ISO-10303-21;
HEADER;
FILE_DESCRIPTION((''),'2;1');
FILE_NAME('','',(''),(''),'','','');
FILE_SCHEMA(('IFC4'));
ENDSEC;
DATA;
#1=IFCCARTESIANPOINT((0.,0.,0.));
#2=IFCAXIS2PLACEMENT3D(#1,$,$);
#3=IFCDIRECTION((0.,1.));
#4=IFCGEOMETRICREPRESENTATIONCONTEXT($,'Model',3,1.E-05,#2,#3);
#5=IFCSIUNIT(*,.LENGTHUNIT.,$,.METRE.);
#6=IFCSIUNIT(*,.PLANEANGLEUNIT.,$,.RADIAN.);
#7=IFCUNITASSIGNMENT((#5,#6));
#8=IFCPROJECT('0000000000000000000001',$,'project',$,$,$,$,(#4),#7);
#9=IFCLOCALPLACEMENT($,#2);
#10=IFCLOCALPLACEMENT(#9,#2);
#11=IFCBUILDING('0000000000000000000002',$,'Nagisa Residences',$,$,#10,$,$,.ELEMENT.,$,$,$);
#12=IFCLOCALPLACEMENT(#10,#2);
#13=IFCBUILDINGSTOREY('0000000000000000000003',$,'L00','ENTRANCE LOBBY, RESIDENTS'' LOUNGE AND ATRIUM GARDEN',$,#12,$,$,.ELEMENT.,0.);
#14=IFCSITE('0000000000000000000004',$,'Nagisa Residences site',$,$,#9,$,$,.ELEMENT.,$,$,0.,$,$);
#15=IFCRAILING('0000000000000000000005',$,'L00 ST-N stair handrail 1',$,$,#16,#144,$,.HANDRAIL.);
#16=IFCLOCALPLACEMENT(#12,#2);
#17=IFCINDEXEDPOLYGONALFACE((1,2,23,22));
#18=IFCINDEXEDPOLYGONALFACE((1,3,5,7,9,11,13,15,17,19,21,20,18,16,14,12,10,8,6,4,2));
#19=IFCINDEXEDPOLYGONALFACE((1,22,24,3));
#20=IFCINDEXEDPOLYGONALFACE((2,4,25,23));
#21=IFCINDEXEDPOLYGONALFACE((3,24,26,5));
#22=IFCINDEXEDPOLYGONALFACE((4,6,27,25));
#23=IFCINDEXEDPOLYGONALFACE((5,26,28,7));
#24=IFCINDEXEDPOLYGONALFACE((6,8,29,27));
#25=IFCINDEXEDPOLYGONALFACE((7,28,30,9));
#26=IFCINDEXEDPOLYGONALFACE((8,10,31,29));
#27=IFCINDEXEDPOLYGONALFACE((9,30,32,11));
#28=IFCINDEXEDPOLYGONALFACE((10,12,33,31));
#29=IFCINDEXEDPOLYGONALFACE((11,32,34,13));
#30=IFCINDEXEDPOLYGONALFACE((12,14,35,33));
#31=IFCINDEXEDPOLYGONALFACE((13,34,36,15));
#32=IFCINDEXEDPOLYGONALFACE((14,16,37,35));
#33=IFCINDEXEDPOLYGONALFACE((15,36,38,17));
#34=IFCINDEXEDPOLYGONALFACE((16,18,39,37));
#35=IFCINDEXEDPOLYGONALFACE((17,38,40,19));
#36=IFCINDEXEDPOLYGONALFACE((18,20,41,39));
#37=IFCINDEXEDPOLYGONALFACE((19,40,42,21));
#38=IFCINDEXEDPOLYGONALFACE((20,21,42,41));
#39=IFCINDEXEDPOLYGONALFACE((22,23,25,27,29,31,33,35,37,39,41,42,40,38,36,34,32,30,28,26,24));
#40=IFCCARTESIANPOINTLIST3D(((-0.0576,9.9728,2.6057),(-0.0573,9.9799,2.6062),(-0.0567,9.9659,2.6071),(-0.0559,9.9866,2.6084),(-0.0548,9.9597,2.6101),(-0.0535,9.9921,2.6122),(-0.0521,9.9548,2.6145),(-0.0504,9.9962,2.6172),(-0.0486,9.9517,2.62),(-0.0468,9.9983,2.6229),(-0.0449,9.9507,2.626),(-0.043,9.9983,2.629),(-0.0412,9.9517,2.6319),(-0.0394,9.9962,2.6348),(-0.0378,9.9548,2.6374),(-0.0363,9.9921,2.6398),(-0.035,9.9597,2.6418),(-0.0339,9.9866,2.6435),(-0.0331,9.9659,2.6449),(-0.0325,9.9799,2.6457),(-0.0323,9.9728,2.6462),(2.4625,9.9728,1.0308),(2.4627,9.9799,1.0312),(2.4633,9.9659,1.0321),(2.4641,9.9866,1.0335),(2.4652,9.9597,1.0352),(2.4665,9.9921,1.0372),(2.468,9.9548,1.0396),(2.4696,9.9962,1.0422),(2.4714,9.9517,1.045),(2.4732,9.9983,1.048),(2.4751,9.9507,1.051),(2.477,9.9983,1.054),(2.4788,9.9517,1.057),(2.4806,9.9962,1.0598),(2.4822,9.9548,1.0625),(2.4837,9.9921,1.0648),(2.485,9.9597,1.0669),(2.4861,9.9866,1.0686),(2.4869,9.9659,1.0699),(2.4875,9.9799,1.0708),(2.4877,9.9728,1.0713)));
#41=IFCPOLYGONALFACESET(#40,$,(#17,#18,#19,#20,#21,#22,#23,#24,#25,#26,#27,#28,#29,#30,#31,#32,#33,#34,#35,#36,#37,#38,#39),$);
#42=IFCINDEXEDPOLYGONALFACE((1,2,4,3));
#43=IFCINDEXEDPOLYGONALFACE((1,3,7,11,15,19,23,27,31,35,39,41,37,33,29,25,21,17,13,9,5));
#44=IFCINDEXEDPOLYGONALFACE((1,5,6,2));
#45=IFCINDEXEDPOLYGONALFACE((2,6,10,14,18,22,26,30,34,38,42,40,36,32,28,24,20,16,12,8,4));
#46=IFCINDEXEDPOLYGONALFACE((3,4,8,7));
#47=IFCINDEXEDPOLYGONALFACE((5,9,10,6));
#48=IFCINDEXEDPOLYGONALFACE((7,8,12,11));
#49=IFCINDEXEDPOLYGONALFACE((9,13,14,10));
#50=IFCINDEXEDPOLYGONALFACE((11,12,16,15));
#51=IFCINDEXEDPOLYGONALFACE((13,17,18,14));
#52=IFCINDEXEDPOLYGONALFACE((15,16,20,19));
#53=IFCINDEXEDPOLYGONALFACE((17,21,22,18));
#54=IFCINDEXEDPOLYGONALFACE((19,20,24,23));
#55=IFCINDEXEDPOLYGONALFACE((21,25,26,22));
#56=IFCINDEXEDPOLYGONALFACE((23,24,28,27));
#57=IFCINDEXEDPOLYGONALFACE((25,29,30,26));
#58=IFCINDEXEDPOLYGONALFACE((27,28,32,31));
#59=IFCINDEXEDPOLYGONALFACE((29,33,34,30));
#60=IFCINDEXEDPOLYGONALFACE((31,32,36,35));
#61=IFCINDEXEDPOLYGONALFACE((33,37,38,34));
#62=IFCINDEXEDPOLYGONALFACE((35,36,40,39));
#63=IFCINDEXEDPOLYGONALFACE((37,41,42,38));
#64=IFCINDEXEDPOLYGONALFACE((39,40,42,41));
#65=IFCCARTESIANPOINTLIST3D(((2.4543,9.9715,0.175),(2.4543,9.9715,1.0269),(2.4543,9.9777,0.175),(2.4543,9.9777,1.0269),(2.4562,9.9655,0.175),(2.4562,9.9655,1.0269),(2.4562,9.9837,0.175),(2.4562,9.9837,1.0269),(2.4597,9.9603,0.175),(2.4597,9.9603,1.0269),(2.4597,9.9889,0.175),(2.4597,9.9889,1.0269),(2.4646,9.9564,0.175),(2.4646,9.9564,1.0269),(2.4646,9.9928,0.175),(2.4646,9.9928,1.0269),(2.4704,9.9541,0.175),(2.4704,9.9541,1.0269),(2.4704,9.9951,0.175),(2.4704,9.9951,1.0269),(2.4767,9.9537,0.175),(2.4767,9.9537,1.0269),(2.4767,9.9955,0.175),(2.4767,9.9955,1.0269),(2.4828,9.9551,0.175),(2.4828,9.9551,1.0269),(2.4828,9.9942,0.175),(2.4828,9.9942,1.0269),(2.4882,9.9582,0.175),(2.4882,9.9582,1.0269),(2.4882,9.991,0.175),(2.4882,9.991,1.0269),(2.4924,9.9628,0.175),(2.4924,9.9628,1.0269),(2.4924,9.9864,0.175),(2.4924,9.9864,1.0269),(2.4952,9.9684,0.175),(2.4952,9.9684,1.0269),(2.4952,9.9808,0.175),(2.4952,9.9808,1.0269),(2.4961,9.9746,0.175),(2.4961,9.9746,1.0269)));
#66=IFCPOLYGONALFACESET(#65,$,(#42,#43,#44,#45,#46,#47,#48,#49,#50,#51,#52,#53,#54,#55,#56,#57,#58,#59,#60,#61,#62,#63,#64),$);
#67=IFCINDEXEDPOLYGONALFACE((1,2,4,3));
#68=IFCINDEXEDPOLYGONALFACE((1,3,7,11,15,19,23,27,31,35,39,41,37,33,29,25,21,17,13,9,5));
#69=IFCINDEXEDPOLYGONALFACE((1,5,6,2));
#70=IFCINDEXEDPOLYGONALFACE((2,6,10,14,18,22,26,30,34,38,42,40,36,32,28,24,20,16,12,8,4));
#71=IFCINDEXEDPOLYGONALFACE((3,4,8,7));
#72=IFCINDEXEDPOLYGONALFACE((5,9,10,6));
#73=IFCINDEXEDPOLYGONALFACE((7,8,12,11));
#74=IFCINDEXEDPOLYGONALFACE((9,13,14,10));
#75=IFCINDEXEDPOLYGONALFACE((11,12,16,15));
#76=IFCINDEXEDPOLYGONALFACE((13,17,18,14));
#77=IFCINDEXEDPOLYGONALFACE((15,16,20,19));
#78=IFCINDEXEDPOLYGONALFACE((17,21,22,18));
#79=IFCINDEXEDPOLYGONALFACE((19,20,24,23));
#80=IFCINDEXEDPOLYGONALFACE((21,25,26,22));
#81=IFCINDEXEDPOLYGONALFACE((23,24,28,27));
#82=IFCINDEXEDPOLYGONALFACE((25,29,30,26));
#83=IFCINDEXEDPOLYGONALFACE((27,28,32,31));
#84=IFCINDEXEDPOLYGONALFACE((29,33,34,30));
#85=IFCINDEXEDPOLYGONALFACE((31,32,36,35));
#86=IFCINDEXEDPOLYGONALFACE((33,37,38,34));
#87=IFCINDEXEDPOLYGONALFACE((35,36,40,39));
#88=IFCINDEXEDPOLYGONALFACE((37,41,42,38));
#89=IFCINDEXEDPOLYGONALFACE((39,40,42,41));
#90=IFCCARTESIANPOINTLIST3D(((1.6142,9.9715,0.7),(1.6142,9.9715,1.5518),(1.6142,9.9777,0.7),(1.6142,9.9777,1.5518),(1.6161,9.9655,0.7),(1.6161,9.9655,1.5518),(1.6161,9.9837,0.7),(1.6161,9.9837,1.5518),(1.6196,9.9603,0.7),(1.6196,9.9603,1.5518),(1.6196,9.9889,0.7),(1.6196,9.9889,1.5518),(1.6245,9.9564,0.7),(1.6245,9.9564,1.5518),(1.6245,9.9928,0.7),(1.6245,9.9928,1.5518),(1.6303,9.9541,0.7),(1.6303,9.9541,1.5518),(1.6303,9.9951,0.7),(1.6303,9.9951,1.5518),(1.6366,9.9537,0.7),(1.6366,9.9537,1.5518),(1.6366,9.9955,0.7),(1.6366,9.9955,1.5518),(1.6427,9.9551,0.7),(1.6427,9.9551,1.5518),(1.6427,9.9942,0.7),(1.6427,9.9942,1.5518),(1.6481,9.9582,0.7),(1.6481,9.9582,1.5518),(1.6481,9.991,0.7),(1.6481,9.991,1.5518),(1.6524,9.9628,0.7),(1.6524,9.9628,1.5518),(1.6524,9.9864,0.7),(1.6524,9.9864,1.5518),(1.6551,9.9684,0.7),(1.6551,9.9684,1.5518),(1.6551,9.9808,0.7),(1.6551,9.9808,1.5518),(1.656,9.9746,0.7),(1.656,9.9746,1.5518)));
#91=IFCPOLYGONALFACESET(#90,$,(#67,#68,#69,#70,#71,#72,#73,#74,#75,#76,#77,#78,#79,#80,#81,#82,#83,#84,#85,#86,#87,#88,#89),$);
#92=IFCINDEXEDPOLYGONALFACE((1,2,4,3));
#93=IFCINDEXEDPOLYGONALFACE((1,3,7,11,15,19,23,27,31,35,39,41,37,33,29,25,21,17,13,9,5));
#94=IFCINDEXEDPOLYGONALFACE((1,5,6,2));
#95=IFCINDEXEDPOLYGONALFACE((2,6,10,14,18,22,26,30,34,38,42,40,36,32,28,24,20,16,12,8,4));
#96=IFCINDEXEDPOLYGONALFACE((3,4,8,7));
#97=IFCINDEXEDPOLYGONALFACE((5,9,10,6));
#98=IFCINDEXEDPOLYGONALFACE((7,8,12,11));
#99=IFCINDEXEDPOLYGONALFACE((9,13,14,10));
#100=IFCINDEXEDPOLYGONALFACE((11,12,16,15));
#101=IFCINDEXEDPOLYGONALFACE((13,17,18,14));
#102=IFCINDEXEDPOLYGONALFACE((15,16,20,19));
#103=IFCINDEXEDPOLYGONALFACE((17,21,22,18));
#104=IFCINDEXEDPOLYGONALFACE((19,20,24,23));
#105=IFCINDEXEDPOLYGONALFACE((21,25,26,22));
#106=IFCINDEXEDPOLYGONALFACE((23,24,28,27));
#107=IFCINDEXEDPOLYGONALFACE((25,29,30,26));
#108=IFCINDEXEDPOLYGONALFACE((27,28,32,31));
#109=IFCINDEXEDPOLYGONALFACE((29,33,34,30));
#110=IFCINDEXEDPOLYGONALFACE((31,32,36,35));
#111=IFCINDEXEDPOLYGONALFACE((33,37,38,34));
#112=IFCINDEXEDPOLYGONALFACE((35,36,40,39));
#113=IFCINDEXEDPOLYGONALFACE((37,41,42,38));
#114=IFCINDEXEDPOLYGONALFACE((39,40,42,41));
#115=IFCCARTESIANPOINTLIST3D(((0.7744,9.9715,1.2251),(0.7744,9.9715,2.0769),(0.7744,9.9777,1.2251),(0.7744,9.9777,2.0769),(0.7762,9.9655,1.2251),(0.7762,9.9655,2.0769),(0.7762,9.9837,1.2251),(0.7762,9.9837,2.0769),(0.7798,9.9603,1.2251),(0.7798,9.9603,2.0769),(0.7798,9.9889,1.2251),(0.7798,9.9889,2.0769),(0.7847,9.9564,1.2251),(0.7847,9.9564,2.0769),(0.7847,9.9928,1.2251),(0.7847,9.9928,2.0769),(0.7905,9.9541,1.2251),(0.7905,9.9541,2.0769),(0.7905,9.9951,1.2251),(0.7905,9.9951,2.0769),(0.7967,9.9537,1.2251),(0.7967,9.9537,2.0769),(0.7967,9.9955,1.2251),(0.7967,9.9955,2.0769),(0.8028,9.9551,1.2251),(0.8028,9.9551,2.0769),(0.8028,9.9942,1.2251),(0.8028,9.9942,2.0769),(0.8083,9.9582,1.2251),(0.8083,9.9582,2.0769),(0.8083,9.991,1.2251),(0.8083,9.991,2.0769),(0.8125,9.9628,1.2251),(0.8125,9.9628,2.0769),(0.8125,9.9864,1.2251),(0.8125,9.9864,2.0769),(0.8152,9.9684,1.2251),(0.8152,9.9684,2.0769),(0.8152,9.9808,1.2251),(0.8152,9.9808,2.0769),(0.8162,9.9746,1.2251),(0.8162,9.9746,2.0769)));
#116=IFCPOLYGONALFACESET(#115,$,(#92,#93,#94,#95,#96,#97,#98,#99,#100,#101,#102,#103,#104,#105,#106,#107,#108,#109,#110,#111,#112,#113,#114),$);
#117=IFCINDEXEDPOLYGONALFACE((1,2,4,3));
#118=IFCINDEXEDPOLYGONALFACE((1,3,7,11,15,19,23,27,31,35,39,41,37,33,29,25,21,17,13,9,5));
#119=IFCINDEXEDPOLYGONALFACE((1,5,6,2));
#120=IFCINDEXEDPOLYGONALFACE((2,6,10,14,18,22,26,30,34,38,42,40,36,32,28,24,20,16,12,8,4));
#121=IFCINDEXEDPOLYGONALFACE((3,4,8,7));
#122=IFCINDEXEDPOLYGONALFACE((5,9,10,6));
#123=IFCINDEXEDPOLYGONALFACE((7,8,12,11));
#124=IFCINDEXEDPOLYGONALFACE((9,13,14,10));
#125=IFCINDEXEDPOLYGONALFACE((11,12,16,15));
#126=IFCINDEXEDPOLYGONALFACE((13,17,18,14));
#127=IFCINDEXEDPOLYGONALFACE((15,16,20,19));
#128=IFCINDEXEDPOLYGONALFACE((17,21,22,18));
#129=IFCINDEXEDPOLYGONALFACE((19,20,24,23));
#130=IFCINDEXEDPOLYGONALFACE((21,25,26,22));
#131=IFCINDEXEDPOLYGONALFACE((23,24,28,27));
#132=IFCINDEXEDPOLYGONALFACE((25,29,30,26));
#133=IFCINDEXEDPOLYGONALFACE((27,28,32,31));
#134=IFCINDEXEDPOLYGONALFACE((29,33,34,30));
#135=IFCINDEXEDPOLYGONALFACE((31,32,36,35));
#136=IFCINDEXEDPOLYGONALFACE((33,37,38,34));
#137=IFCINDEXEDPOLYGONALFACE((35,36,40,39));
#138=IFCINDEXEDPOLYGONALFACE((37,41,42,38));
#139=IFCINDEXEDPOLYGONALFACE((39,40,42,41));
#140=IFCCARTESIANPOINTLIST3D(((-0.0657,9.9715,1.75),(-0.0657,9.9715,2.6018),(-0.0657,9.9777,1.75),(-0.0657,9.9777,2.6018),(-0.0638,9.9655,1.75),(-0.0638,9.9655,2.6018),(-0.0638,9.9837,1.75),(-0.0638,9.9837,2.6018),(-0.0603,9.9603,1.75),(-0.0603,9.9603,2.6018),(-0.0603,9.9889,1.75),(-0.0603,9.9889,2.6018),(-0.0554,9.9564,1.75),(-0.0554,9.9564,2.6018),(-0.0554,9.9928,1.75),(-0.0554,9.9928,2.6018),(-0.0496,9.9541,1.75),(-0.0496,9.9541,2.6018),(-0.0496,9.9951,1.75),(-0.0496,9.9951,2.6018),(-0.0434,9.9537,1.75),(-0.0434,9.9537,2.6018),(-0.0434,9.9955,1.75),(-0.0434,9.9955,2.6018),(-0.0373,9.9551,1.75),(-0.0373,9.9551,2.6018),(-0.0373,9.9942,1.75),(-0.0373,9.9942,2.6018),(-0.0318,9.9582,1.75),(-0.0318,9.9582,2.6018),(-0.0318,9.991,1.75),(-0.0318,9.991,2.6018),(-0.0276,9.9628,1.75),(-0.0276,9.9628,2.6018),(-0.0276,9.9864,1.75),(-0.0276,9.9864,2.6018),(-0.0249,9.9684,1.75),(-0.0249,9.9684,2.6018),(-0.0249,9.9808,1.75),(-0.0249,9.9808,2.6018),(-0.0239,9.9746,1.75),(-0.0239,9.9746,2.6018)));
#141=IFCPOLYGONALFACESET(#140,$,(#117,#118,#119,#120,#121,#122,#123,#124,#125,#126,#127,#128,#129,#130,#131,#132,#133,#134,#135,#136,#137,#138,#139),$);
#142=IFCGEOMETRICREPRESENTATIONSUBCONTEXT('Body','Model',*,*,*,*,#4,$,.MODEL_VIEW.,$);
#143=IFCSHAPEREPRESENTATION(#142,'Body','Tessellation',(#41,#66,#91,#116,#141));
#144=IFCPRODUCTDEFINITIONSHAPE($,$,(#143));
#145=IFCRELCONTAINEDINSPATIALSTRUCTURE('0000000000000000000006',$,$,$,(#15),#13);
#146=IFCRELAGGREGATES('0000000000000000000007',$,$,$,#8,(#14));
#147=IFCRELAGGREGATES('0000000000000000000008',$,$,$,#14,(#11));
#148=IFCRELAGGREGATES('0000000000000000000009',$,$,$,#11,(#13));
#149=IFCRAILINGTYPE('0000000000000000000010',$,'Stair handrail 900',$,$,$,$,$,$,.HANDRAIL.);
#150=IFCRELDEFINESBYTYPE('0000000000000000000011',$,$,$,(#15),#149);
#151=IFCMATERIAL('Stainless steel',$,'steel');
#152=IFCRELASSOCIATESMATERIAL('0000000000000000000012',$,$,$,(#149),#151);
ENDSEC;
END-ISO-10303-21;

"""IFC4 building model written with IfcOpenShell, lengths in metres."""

from ifc_helpers import new_model, si_unit, direction, frame, origin, origin_2d, place, context, subcontext, project, spatial, circle, extrude, material, type_object, element, save


model = new_model("IFC4")

# Units and contexts
model_context = context("Model", 3, precision=1e-05, world=origin(), true_north=direction((0.0, 1.0)))
body_context = subcontext(model_context, "Body", "Model", "MODEL_VIEW")
ifc_project = project(units=[si_unit("LENGTHUNIT", "METRE"), si_unit("PLANEANGLEUNIT", "RADIAN")], contexts=[model_context])

# Site, building, storey
site_placement = place(None, origin())
site = spatial("IfcSite", under=ifc_project, at=site_placement, Name="Nagisa Residences site", CompositionType="ELEMENT", RefElevation=0.0)
building_placement = place(site_placement, origin())
building = spatial("IfcBuilding", under=site, at=building_placement, Name="Nagisa Residences", CompositionType="ELEMENT")
storey_placement = place(building_placement, origin())
storey = spatial("IfcBuildingStorey", under=building, at=storey_placement, Name="L00", Description="ENTRANCE LOBBY, RESIDENTS' LOUNGE AND ATRIUM GARDEN", CompositionType="ELEMENT", Elevation=0.0)

# Railing
ifc_material_1 = material(Name="Stainless steel", Category="steel")
railing_type_1 = type_object("IfcRailingType", Name="Stair handrail 900", PredefinedType="HANDRAIL", material=ifc_material_1)
for number, where, name in (
    (1, (2.4751, 9.9746, 0.175), "L00 ST-N stair handrail 1"),
):
    element("IfcRailing", number, at=place(storey_placement, frame(where)), inside=storey, type_object=railing_type_1, Name=name, PredefinedType="HANDRAIL", context=body_context, shape_type="SweptSolid", body=[
        extrude(circle(Radius=0.0239, at=origin_2d()), frame((0.0, 0.0, 0.876), z_axis=(-0.848008, 0.0, 0.529984), x_axis=(0.0, -1.0, 0.0)), (0.0, 0.0, 1.0), 2.9717),
        extrude(circle(Radius=0.021, at=origin_2d()), origin(), (0.0, 0.0, 1.0), 0.8518),
        extrude(circle(Radius=0.021, at=origin_2d()), frame((-0.8401, 0.0, 0.5249)), (0.0, 0.0, 1.0), 0.8518),
        extrude(circle(Radius=0.021, at=origin_2d()), frame((-1.6799, 0.0, 1.05)), (0.0, 0.0, 1.0), 0.8518),
        extrude(circle(Radius=0.021, at=origin_2d()), frame((-2.52, 0.0, 1.575)), (0.0, 0.0, 1.0), 0.8518),
    ])

save(model, "model.ifc")
